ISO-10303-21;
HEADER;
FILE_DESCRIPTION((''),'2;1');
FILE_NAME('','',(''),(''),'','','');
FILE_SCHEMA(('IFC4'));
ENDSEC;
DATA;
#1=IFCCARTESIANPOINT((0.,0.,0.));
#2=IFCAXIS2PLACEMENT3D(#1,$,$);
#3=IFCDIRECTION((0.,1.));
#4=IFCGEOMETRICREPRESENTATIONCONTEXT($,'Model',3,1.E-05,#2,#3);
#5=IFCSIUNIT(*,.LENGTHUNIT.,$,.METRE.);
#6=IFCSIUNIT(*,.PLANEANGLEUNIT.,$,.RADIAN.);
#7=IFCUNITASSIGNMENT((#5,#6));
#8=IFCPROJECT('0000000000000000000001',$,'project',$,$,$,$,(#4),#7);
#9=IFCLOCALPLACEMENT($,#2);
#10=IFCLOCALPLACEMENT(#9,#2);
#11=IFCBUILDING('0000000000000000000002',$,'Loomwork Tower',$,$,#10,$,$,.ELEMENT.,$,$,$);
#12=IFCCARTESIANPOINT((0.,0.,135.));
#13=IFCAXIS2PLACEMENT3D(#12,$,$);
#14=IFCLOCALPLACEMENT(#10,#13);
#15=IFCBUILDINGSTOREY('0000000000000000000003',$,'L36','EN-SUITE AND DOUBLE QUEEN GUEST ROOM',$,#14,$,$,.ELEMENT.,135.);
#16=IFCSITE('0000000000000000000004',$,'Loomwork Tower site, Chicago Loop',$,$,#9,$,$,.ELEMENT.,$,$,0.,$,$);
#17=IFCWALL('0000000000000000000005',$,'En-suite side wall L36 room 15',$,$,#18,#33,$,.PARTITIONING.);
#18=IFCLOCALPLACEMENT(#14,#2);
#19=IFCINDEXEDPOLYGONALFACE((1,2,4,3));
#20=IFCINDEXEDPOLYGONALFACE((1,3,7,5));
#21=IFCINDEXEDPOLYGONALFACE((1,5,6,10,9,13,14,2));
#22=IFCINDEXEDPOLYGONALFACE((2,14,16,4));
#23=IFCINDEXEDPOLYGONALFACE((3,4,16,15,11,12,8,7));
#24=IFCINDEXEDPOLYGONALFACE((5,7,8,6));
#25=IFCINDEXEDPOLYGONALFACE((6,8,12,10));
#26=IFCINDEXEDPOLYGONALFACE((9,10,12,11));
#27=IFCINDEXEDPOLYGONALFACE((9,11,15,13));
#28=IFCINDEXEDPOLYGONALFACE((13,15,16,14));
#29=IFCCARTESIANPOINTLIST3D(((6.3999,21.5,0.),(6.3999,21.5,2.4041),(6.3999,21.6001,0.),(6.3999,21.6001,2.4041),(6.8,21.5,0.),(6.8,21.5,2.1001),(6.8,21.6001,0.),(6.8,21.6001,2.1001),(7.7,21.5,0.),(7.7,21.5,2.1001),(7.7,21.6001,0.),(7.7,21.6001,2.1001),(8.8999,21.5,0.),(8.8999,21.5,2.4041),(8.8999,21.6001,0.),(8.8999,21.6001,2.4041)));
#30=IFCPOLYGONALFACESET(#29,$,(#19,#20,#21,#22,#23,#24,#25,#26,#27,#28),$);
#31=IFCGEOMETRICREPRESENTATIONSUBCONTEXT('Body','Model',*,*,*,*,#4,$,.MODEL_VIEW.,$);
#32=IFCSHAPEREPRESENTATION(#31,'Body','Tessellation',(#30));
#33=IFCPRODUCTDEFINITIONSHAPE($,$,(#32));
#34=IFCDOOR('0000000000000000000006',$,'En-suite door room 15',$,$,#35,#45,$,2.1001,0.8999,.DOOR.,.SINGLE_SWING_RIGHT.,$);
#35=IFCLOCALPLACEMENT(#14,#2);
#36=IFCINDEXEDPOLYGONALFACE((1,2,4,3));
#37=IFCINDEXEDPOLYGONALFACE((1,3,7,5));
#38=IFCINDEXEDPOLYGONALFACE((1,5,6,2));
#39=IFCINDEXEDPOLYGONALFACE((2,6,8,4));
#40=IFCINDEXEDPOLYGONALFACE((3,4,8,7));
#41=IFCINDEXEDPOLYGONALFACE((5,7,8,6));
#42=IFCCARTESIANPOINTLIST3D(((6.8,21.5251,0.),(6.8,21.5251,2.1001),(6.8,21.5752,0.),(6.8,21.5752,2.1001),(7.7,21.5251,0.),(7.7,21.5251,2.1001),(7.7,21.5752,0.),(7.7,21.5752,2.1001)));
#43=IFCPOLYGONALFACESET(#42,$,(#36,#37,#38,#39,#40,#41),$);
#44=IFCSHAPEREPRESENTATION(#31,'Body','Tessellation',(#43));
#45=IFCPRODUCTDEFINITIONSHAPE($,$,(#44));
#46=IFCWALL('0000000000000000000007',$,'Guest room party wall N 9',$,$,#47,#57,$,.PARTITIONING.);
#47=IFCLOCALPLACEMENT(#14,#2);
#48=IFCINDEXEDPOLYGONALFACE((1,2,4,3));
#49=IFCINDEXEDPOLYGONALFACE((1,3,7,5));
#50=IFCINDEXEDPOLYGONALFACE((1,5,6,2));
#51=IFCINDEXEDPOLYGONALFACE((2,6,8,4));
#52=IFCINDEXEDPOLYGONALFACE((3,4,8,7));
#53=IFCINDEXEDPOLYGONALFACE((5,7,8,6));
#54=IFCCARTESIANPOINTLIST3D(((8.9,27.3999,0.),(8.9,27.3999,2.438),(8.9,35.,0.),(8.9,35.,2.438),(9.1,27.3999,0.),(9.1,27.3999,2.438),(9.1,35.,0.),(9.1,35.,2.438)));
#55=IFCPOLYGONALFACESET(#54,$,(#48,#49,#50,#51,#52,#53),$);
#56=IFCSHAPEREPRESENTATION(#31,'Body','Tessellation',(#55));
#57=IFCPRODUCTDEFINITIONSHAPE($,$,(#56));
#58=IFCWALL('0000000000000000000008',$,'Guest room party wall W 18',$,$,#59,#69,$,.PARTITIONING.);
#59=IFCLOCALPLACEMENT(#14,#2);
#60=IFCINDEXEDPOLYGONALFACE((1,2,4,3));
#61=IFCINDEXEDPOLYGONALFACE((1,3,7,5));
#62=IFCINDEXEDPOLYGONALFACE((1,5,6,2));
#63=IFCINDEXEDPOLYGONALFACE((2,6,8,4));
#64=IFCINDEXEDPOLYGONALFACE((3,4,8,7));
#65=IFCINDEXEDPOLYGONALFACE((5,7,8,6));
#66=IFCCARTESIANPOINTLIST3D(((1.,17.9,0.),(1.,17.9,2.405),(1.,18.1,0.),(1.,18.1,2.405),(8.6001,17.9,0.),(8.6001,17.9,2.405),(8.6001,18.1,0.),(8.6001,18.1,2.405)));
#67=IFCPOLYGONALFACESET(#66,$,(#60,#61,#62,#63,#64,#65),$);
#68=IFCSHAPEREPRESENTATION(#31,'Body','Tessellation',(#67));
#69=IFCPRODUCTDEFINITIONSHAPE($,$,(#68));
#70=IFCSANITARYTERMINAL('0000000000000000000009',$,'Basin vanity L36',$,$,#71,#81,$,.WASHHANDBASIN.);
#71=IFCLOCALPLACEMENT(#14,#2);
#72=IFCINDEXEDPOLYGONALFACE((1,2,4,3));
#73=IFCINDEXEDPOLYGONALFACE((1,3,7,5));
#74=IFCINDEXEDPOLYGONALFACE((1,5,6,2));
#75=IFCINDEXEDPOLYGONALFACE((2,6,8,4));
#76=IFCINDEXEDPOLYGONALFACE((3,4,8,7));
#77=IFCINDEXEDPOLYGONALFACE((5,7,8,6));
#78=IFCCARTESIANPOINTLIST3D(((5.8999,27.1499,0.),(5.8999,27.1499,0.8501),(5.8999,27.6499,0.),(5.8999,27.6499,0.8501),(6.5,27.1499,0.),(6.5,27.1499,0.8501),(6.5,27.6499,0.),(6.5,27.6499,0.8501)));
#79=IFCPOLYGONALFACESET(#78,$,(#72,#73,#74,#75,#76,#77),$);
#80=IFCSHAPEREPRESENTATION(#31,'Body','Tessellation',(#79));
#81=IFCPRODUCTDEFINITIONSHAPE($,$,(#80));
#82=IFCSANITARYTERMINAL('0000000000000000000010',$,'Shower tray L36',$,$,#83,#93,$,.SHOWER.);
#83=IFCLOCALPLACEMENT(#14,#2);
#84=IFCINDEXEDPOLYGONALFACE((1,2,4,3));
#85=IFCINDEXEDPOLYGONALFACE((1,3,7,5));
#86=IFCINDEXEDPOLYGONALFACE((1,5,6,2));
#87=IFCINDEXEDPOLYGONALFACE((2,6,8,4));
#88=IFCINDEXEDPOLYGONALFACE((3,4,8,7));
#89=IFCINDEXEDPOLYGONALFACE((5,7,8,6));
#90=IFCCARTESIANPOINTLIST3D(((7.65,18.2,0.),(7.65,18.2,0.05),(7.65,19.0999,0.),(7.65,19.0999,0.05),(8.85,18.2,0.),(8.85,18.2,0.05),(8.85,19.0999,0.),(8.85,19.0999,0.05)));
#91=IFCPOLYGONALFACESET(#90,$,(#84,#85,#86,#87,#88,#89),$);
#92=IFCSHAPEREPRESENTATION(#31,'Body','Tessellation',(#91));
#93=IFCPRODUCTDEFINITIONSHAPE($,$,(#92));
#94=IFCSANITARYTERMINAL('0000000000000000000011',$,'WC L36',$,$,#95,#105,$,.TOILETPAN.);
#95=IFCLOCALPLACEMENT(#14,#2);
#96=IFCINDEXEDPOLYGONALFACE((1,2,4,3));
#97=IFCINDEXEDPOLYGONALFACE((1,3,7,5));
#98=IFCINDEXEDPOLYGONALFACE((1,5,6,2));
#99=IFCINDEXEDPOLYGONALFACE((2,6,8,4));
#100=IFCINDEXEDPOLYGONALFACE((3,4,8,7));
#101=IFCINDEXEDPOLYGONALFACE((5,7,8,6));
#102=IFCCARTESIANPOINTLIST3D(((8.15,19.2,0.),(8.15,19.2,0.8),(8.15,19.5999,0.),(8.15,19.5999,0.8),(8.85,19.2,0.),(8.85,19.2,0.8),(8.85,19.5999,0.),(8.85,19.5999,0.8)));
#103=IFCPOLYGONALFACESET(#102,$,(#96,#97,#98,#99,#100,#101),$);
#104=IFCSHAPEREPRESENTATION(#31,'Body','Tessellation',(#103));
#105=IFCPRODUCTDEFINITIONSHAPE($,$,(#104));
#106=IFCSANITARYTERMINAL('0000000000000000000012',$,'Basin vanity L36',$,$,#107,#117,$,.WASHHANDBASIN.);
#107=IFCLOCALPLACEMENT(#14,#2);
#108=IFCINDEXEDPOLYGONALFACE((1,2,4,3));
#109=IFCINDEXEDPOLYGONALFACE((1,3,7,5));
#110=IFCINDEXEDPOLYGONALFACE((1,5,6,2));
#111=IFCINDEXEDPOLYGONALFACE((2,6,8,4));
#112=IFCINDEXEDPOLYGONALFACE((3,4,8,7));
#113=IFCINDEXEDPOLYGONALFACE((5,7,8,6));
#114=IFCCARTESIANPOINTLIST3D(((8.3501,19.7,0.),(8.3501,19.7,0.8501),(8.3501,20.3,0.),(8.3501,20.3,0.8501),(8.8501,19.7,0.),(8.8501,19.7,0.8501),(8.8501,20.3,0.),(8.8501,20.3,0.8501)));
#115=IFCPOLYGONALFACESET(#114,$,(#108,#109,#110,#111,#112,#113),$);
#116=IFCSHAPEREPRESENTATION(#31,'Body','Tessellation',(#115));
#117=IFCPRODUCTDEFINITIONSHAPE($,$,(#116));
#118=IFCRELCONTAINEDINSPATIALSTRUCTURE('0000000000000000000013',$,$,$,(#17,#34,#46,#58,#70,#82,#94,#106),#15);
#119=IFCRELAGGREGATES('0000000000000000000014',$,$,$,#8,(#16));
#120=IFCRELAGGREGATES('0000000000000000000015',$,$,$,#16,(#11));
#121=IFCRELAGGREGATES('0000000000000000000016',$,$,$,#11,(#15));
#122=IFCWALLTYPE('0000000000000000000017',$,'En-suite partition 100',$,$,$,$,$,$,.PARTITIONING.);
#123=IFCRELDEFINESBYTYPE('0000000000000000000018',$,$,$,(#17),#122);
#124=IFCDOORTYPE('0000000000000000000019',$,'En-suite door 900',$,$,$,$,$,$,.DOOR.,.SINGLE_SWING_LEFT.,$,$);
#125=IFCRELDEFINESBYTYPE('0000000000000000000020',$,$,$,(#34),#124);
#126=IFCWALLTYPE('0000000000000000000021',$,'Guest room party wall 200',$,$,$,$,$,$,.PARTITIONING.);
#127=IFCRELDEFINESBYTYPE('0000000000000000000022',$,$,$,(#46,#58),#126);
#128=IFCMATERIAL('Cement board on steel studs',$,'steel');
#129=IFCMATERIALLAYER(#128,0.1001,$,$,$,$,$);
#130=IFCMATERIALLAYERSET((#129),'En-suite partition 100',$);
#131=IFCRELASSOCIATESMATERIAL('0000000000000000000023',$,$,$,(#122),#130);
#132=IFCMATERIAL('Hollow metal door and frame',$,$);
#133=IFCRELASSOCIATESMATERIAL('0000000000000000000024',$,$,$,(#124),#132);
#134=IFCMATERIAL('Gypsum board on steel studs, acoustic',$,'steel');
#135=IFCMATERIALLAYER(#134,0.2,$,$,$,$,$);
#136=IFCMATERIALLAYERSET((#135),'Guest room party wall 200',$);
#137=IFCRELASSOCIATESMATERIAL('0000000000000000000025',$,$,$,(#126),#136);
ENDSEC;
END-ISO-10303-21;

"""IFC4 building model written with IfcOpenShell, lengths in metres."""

from ifc_helpers import new_model, si_unit, direction, frame, frame_2d, origin, origin_2d, place, context, subcontext, project, spatial, rectangle, extrude, material, layer, layer_set, type_object, element, fill, save


model = new_model("IFC4")

# Units and contexts
model_context = context("Model", 3, precision=1e-05, world=origin(), true_north=direction((0.0, 1.0)))
body_context = subcontext(model_context, "Body", "Model", "MODEL_VIEW")
ifc_project = project(units=[si_unit("LENGTHUNIT", "METRE"), si_unit("PLANEANGLEUNIT", "RADIAN")], contexts=[model_context])

# Site, building, storey
site_placement = place(None, origin())
site = spatial("IfcSite", under=ifc_project, at=site_placement, Name="Loomwork Tower site, Chicago Loop", CompositionType="ELEMENT", RefElevation=0.0)
building_placement = place(site_placement, origin())
building = spatial("IfcBuilding", under=site, at=building_placement, Name="Loomwork Tower", CompositionType="ELEMENT")
storey_placement = place(building_placement, frame((0.0, 0.0, 135.0)))
storey = spatial("IfcBuildingStorey", under=building, at=storey_placement, Name="L36", Description="EN-SUITE AND DOUBLE QUEEN GUEST ROOM", CompositionType="ELEMENT", Elevation=135.0)

# Shared definitions
ifc_material_1 = material(Name="Cement board on steel studs", Category="steel")
ifc_layer_1 = layer(ifc_material_1, 0.1001)
ifc_layer_set_1 = layer_set([ifc_layer_1], Name="En-suite partition 100")
wall_type_1 = type_object("IfcWallType", Name="En-suite partition 100", PredefinedType="PARTITIONING", material=ifc_layer_set_1)

# Wall, opening, door
wall_1_placement = place(storey_placement, frame((8.8999, 21.55, 0.0), z_axis=(0.0, 0.0, 1.0), x_axis=(-1.0, 0.0, 0.0)))
wall_1 = element("IfcWall", 1, at=wall_1_placement, inside=storey, type_object=wall_type_1, Name="En-suite side wall L36 room 15", PredefinedType="PARTITIONING", context=body_context, shape_type="SweptSolid", body=[
    extrude(rectangle(XDim=2.5, YDim=0.1001, at=frame_2d((1.25, 0.0))), origin(), (0.0, 0.0, 1.0), 2.4041),
])
opening_1_placement = place(wall_1_placement, frame((1.2, 0.0, 0.0)))
opening_1 = element("IfcOpeningElement", 2, at=opening_1_placement, cuts=wall_1, PredefinedType="OPENING", context=body_context, shape_type="SweptSolid", body=[
    extrude(rectangle(XDim=0.8999, YDim=2.1001, at=frame_2d((0.45, 1.05))), frame((0.0, 0.0601, 0.0), z_axis=(0.0, -1.0, 0.0), x_axis=(1.0, 0.0, 0.0)), (0.0, 0.0, 1.0), 0.1201),
])
ifc_material_2 = material(Name="Hollow metal door and frame")
door_type_1 = type_object("IfcDoorType", Name="En-suite door 900", OperationType="SINGLE_SWING_LEFT", PredefinedType="DOOR", material=ifc_material_2)
door_1_placement = place(opening_1_placement, origin())
door_1 = element("IfcDoor", 3, at=door_1_placement, inside=storey, type_object=door_type_1, Name="En-suite door room 15", OperationType="SINGLE_SWING_RIGHT", OverallHeight=2.1001, OverallWidth=0.8999, PredefinedType="DOOR", context=body_context, shape_type="SweptSolid", body=[
    extrude(rectangle(XDim=0.8999, YDim=2.1001, at=frame_2d((0.45, 1.05))), frame((0.0, 0.0249, 0.0), z_axis=(0.0, -1.0, 0.0), x_axis=(1.0, 0.0, 0.0)), (0.0, 0.0, 1.0), 0.05),
])
fill(opening_1, door_1)

# Walls
ifc_material_3 = material(Name="Gypsum board on steel studs, acoustic", Category="steel")
ifc_layer_2 = layer(ifc_material_3, 0.2)
ifc_layer_set_2 = layer_set([ifc_layer_2], Name="Guest room party wall 200")
wall_type_2 = type_object("IfcWallType", Name="Guest room party wall 200", PredefinedType="PARTITIONING", material=ifc_layer_set_2)
wall_2_placement = place(storey_placement, frame((9.0, 27.3999, 0.0), z_axis=(0.0, 0.0, 1.0), x_axis=(0.0, 1.0, 0.0)))
element("IfcWall", 4, at=wall_2_placement, inside=storey, type_object=wall_type_2, Name="Guest room party wall N 9", PredefinedType="PARTITIONING", context=body_context, shape_type="SweptSolid", body=[
    extrude(rectangle(XDim=7.6001, YDim=0.2, at=frame_2d((3.8, 0.0))), origin(), (0.0, 0.0, 1.0), 2.438),
])
wall_3_placement = place(storey_placement, frame((8.6001, 18.0, 0.0), z_axis=(0.0, 0.0, 1.0), x_axis=(-1.0, 0.0, 0.0)))
element("IfcWall", 5, at=wall_3_placement, inside=storey, type_object=wall_type_2, Name="Guest room party wall W 18", PredefinedType="PARTITIONING", context=body_context, shape_type="SweptSolid", body=[
    extrude(rectangle(XDim=7.6001, YDim=0.2, at=frame_2d((3.8, 0.0))), origin(), (0.0, 0.0, 1.0), 2.405),
])

# Sanitary terminals
sanitary_terminal_1_placement = place(storey_placement, frame((6.2, 27.3999, 0.0), z_axis=(0.0, 0.0, 1.0), x_axis=(1.0, 0.0, 0.0)))
element("IfcSanitaryTerminal", 6, at=sanitary_terminal_1_placement, inside=storey, Name="Basin vanity L36", PredefinedType="WASHHANDBASIN", context=body_context, shape_type="SweptSolid", body=[
    extrude(rectangle(XDim=0.6001, YDim=0.5, at=origin_2d()), origin(), (0.0, 0.0, 1.0), 0.8501),
])
sanitary_terminal_2_placement = place(storey_placement, frame((8.25, 18.6499, 0.0), z_axis=(0.0, 0.0, 1.0), x_axis=(1.0, 0.0, 0.0)))
element("IfcSanitaryTerminal", 7, at=sanitary_terminal_2_placement, inside=storey, Name="Shower tray L36", PredefinedType="SHOWER", context=body_context, shape_type="SweptSolid", body=[
    extrude(rectangle(XDim=1.2, YDim=0.8999, at=origin_2d()), origin(), (0.0, 0.0, 1.0), 0.05),
])
sanitary_terminal_3_placement = place(storey_placement, frame((8.5, 19.3999, 0.0), z_axis=(0.0, 0.0, 1.0), x_axis=(1.0, 0.0, 0.0)))
element("IfcSanitaryTerminal", 8, at=sanitary_terminal_3_placement, inside=storey, Name="WC L36", PredefinedType="TOILETPAN", context=body_context, shape_type="SweptSolid", body=[
    extrude(rectangle(XDim=0.7, YDim=0.3999, at=origin_2d()), origin(), (0.0, 0.0, 1.0), 0.8),
])
sanitary_terminal_4_placement = place(storey_placement, frame((8.6001, 20.0, 0.0), z_axis=(0.0, 0.0, 1.0), x_axis=(1.0, 0.0, 0.0)))
element("IfcSanitaryTerminal", 9, at=sanitary_terminal_4_placement, inside=storey, Name="Basin vanity L36", PredefinedType="WASHHANDBASIN", context=body_context, shape_type="SweptSolid", body=[
    extrude(rectangle(XDim=0.5, YDim=0.6001, at=origin_2d()), origin(), (0.0, 0.0, 1.0), 0.8501),
])

save(model, "model.ifc")
